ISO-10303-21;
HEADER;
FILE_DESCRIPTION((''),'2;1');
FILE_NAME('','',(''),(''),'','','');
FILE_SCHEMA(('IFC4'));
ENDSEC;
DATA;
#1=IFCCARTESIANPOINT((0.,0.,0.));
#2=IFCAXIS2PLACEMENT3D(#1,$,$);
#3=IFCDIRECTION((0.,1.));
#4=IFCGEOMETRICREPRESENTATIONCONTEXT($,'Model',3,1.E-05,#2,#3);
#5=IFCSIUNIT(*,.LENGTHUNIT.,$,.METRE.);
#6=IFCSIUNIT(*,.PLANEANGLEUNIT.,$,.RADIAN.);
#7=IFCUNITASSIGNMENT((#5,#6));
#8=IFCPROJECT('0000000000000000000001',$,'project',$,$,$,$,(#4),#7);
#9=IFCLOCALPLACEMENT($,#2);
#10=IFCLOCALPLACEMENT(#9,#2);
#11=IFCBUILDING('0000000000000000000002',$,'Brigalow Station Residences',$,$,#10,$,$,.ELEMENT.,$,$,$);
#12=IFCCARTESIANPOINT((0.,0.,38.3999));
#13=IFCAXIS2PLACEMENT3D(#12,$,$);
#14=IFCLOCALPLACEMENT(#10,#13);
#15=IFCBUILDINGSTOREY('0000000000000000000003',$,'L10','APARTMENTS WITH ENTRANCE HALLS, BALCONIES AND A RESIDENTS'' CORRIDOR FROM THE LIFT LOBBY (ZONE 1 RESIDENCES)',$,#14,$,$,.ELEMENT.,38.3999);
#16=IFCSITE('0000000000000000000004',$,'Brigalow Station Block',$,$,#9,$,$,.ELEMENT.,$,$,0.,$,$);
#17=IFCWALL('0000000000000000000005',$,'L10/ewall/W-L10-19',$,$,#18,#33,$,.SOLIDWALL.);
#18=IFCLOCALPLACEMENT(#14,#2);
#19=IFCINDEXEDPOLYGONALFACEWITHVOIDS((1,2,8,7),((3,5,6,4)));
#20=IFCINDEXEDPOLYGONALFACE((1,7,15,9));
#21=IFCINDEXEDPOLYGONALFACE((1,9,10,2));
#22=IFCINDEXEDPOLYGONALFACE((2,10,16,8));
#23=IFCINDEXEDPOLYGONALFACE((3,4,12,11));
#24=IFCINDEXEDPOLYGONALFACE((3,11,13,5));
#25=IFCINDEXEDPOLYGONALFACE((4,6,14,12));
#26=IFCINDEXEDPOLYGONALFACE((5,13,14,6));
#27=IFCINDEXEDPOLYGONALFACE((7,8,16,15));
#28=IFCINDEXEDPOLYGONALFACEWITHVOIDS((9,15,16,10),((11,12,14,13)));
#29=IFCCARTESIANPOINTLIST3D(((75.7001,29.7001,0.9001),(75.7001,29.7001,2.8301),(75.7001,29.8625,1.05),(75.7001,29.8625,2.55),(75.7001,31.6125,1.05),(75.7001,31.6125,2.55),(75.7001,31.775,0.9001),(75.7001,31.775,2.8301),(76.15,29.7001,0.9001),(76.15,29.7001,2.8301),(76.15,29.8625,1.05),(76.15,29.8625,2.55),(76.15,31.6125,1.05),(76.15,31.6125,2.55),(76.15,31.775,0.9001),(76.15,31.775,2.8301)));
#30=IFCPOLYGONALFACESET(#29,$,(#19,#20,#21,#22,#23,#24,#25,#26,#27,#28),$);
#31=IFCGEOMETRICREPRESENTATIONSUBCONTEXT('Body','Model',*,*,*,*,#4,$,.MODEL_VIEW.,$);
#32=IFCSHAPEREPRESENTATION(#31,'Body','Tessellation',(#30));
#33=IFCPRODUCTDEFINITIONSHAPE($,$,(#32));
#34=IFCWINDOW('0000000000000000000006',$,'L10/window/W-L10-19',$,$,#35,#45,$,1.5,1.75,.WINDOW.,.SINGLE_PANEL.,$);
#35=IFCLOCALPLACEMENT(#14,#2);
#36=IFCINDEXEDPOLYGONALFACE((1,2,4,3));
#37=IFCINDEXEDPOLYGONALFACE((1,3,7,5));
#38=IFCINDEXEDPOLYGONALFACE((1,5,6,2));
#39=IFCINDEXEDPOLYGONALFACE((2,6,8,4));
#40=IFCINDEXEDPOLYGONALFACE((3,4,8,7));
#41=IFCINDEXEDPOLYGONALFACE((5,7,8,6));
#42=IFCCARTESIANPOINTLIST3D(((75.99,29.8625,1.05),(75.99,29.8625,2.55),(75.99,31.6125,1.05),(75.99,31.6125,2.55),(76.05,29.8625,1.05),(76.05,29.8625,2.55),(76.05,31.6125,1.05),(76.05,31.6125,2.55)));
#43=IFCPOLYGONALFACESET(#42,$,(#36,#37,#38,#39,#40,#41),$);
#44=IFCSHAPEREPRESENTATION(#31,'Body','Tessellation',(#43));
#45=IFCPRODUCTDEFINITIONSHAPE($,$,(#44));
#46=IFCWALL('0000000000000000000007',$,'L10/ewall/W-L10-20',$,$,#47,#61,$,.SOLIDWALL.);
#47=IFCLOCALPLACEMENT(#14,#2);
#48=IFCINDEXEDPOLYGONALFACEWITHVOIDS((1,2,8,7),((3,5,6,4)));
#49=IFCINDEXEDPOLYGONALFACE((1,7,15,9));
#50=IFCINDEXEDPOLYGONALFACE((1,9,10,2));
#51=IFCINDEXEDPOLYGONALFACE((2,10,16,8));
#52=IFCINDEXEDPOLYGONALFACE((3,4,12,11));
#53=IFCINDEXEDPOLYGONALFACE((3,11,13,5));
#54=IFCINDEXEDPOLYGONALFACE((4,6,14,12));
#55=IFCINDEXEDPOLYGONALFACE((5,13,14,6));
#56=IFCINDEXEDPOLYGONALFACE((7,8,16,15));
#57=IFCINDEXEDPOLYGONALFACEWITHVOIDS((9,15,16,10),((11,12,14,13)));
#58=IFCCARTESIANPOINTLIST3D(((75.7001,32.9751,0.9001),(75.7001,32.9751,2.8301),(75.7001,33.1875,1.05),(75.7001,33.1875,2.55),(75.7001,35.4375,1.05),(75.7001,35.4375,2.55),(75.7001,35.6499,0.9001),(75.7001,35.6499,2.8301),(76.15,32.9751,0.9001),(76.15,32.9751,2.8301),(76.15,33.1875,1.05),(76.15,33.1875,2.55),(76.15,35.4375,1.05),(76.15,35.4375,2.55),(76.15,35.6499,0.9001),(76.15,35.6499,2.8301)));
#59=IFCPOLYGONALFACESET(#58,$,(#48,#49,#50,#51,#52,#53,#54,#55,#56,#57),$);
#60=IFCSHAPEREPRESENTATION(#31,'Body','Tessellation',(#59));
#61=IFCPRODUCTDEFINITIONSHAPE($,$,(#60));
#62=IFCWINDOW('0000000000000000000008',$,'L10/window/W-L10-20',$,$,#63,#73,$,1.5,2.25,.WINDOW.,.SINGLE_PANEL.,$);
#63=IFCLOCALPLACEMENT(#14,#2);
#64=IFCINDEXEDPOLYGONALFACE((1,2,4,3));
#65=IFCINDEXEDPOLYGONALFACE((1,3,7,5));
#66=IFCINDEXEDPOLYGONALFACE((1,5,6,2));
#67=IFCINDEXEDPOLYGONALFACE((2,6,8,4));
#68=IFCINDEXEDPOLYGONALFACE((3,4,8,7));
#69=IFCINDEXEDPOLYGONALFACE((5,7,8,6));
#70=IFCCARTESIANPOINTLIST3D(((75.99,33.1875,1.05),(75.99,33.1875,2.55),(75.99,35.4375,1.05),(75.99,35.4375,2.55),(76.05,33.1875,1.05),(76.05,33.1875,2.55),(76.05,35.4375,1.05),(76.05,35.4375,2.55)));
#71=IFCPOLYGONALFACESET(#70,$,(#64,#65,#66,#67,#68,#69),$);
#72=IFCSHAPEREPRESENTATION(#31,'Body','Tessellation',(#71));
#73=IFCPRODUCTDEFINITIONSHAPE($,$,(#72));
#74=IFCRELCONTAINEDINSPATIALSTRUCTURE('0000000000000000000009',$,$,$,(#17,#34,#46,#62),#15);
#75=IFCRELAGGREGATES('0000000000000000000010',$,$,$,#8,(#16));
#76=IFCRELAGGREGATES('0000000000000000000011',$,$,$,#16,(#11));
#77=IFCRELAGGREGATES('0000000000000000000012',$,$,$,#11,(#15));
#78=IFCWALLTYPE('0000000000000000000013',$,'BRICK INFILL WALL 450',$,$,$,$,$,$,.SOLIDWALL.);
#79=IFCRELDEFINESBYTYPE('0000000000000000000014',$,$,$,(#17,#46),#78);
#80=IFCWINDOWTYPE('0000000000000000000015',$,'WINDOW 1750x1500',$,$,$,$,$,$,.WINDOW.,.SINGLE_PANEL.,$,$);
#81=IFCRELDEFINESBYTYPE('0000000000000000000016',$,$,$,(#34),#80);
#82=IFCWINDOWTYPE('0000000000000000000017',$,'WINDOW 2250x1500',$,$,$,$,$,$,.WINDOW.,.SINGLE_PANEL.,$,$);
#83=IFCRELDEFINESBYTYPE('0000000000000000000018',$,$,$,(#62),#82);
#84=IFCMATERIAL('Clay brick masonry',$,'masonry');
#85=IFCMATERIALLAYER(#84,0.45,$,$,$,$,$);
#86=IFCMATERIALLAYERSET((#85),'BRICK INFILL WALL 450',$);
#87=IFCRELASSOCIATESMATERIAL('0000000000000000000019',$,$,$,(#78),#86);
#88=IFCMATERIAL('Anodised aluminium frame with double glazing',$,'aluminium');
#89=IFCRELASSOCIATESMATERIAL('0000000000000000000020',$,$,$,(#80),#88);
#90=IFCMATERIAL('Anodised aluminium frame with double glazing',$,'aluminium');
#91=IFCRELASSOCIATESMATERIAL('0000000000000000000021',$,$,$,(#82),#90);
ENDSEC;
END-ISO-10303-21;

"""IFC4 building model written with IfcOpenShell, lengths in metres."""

from ifc_helpers import new_model, si_unit, direction, frame, frame_2d, origin, place, context, subcontext, project, spatial, rectangle, extrude, material, layer, layer_set, type_object, element, fill, save


model = new_model("IFC4")

# Units and contexts
model_context = context("Model", 3, precision=1e-05, world=origin(), true_north=direction((0.0, 1.0)))
body_context = subcontext(model_context, "Body", "Model", "MODEL_VIEW")
ifc_project = project(units=[si_unit("LENGTHUNIT", "METRE"), si_unit("PLANEANGLEUNIT", "RADIAN")], contexts=[model_context])

# Site, building, storey
site_placement = place(None, origin())
site = spatial("IfcSite", under=ifc_project, at=site_placement, Name="Brigalow Station Block", CompositionType="ELEMENT", RefElevation=0.0)
building_placement = place(site_placement, origin())
building = spatial("IfcBuilding", under=site, at=building_placement, Name="Brigalow Station Residences", CompositionType="ELEMENT")
storey_placement = place(building_placement, frame((0.0, 0.0, 38.3999)))
storey = spatial("IfcBuildingStorey", under=building, at=storey_placement, Name="L10", Description="APARTMENTS WITH ENTRANCE HALLS, BALCONIES AND A RESIDENTS' CORRIDOR FROM THE LIFT LOBBY (ZONE 1 RESIDENCES)", CompositionType="ELEMENT", Elevation=38.3999)

# Shared definitions
ifc_material_1 = material(Name="Clay brick masonry", Category="masonry")
ifc_layer = layer(ifc_material_1, 0.45)
ifc_layer_set = layer_set([ifc_layer], Name="BRICK INFILL WALL 450")
wall_type = type_object("IfcWallType", Name="BRICK INFILL WALL 450", PredefinedType="SOLIDWALL", material=ifc_layer_set)

# Walls, openings, windows
wall_1_placement = place(storey_placement, frame((75.925, 29.7, 0.9001), z_axis=(0.0, 0.0, 1.0), x_axis=(0.0, 1.0, 0.0)))
wall_1 = element("IfcWall", 1, at=wall_1_placement, inside=storey, type_object=wall_type, Name="L10/ewall/W-L10-19", PredefinedType="SOLIDWALL", context=body_context, shape_type="SweptSolid", body=[
    extrude(rectangle(XDim=2.075, YDim=0.45, at=frame_2d((1.0376, 0.0))), origin(), (0.0, 0.0, 1.0), 1.9299),
])
opening_1_placement = place(wall_1_placement, frame((0.1626, 0.0, 0.1499)))
opening_1 = element("IfcOpeningElement", 2, at=opening_1_placement, cuts=wall_1, PredefinedType="OPENING", context=body_context, shape_type="SweptSolid", body=[
    extrude(rectangle(XDim=1.75, YDim=1.5, at=frame_2d((0.875, 0.75))), frame((0.0, 0.2349, 0.0), z_axis=(0.0, -1.0, 0.0), x_axis=(1.0, 0.0, 0.0)), (0.0, 0.0, 1.0), 0.47),
])
ifc_material_2 = material(Name="Anodised aluminium frame with double glazing", Category="aluminium")
window_type_1 = type_object("IfcWindowType", Name="WINDOW 1750x1500", PartitioningType="SINGLE_PANEL", PredefinedType="WINDOW", material=ifc_material_2)
window_1_placement = place(opening_1_placement, origin())
window_1 = element("IfcWindow", 3, at=window_1_placement, inside=storey, type_object=window_type_1, Name="L10/window/W-L10-19", OverallHeight=1.5, OverallWidth=1.75, PartitioningType="SINGLE_PANEL", PredefinedType="WINDOW", context=body_context, shape_type="SweptSolid", body=[
    extrude(rectangle(XDim=1.75, YDim=1.5, at=frame_2d((0.875, 0.75))), frame((0.0, -0.0649, 0.0), z_axis=(0.0, -1.0, 0.0), x_axis=(1.0, 0.0, 0.0)), (0.0, 0.0, 1.0), 0.0601),
])
fill(opening_1, window_1)
wall_2_placement = place(storey_placement, frame((75.925, 32.9751, 0.9001), z_axis=(0.0, 0.0, 1.0), x_axis=(0.0, 1.0, 0.0)))
wall_2 = element("IfcWall", 4, at=wall_2_placement, inside=storey, type_object=wall_type, Name="L10/ewall/W-L10-20", PredefinedType="SOLIDWALL", context=body_context, shape_type="SweptSolid", body=[
    extrude(rectangle(XDim=2.6748, YDim=0.45, at=frame_2d((1.3374, 0.0))), origin(), (0.0, 0.0, 1.0), 1.9299),
])
opening_2_placement = place(wall_2_placement, frame((0.2124, 0.0, 0.1499)))
opening_2 = element("IfcOpeningElement", 5, at=opening_2_placement, cuts=wall_2, PredefinedType="OPENING", context=body_context, shape_type="SweptSolid", body=[
    extrude(rectangle(XDim=2.25, YDim=1.5, at=frame_2d((1.125, 0.75))), frame((0.0, 0.2349, 0.0), z_axis=(0.0, -1.0, 0.0), x_axis=(1.0, 0.0, 0.0)), (0.0, 0.0, 1.0), 0.47),
])
ifc_material_3 = material(Name="Anodised aluminium frame with double glazing", Category="aluminium")
window_type_2 = type_object("IfcWindowType", Name="WINDOW 2250x1500", PartitioningType="SINGLE_PANEL", PredefinedType="WINDOW", material=ifc_material_3)
window_2_placement = place(opening_2_placement, origin())
window_2 = element("IfcWindow", 6, at=window_2_placement, inside=storey, type_object=window_type_2, Name="L10/window/W-L10-20", OverallHeight=1.5, OverallWidth=2.25, PartitioningType="SINGLE_PANEL", PredefinedType="WINDOW", context=body_context, shape_type="SweptSolid", body=[
    extrude(rectangle(XDim=2.25, YDim=1.5, at=frame_2d((1.125, 0.75))), frame((0.0, -0.0649, 0.0), z_axis=(0.0, -1.0, 0.0), x_axis=(1.0, 0.0, 0.0)), (0.0, 0.0, 1.0), 0.0601),
])
fill(opening_2, window_2)

save(model, "model.ifc")
